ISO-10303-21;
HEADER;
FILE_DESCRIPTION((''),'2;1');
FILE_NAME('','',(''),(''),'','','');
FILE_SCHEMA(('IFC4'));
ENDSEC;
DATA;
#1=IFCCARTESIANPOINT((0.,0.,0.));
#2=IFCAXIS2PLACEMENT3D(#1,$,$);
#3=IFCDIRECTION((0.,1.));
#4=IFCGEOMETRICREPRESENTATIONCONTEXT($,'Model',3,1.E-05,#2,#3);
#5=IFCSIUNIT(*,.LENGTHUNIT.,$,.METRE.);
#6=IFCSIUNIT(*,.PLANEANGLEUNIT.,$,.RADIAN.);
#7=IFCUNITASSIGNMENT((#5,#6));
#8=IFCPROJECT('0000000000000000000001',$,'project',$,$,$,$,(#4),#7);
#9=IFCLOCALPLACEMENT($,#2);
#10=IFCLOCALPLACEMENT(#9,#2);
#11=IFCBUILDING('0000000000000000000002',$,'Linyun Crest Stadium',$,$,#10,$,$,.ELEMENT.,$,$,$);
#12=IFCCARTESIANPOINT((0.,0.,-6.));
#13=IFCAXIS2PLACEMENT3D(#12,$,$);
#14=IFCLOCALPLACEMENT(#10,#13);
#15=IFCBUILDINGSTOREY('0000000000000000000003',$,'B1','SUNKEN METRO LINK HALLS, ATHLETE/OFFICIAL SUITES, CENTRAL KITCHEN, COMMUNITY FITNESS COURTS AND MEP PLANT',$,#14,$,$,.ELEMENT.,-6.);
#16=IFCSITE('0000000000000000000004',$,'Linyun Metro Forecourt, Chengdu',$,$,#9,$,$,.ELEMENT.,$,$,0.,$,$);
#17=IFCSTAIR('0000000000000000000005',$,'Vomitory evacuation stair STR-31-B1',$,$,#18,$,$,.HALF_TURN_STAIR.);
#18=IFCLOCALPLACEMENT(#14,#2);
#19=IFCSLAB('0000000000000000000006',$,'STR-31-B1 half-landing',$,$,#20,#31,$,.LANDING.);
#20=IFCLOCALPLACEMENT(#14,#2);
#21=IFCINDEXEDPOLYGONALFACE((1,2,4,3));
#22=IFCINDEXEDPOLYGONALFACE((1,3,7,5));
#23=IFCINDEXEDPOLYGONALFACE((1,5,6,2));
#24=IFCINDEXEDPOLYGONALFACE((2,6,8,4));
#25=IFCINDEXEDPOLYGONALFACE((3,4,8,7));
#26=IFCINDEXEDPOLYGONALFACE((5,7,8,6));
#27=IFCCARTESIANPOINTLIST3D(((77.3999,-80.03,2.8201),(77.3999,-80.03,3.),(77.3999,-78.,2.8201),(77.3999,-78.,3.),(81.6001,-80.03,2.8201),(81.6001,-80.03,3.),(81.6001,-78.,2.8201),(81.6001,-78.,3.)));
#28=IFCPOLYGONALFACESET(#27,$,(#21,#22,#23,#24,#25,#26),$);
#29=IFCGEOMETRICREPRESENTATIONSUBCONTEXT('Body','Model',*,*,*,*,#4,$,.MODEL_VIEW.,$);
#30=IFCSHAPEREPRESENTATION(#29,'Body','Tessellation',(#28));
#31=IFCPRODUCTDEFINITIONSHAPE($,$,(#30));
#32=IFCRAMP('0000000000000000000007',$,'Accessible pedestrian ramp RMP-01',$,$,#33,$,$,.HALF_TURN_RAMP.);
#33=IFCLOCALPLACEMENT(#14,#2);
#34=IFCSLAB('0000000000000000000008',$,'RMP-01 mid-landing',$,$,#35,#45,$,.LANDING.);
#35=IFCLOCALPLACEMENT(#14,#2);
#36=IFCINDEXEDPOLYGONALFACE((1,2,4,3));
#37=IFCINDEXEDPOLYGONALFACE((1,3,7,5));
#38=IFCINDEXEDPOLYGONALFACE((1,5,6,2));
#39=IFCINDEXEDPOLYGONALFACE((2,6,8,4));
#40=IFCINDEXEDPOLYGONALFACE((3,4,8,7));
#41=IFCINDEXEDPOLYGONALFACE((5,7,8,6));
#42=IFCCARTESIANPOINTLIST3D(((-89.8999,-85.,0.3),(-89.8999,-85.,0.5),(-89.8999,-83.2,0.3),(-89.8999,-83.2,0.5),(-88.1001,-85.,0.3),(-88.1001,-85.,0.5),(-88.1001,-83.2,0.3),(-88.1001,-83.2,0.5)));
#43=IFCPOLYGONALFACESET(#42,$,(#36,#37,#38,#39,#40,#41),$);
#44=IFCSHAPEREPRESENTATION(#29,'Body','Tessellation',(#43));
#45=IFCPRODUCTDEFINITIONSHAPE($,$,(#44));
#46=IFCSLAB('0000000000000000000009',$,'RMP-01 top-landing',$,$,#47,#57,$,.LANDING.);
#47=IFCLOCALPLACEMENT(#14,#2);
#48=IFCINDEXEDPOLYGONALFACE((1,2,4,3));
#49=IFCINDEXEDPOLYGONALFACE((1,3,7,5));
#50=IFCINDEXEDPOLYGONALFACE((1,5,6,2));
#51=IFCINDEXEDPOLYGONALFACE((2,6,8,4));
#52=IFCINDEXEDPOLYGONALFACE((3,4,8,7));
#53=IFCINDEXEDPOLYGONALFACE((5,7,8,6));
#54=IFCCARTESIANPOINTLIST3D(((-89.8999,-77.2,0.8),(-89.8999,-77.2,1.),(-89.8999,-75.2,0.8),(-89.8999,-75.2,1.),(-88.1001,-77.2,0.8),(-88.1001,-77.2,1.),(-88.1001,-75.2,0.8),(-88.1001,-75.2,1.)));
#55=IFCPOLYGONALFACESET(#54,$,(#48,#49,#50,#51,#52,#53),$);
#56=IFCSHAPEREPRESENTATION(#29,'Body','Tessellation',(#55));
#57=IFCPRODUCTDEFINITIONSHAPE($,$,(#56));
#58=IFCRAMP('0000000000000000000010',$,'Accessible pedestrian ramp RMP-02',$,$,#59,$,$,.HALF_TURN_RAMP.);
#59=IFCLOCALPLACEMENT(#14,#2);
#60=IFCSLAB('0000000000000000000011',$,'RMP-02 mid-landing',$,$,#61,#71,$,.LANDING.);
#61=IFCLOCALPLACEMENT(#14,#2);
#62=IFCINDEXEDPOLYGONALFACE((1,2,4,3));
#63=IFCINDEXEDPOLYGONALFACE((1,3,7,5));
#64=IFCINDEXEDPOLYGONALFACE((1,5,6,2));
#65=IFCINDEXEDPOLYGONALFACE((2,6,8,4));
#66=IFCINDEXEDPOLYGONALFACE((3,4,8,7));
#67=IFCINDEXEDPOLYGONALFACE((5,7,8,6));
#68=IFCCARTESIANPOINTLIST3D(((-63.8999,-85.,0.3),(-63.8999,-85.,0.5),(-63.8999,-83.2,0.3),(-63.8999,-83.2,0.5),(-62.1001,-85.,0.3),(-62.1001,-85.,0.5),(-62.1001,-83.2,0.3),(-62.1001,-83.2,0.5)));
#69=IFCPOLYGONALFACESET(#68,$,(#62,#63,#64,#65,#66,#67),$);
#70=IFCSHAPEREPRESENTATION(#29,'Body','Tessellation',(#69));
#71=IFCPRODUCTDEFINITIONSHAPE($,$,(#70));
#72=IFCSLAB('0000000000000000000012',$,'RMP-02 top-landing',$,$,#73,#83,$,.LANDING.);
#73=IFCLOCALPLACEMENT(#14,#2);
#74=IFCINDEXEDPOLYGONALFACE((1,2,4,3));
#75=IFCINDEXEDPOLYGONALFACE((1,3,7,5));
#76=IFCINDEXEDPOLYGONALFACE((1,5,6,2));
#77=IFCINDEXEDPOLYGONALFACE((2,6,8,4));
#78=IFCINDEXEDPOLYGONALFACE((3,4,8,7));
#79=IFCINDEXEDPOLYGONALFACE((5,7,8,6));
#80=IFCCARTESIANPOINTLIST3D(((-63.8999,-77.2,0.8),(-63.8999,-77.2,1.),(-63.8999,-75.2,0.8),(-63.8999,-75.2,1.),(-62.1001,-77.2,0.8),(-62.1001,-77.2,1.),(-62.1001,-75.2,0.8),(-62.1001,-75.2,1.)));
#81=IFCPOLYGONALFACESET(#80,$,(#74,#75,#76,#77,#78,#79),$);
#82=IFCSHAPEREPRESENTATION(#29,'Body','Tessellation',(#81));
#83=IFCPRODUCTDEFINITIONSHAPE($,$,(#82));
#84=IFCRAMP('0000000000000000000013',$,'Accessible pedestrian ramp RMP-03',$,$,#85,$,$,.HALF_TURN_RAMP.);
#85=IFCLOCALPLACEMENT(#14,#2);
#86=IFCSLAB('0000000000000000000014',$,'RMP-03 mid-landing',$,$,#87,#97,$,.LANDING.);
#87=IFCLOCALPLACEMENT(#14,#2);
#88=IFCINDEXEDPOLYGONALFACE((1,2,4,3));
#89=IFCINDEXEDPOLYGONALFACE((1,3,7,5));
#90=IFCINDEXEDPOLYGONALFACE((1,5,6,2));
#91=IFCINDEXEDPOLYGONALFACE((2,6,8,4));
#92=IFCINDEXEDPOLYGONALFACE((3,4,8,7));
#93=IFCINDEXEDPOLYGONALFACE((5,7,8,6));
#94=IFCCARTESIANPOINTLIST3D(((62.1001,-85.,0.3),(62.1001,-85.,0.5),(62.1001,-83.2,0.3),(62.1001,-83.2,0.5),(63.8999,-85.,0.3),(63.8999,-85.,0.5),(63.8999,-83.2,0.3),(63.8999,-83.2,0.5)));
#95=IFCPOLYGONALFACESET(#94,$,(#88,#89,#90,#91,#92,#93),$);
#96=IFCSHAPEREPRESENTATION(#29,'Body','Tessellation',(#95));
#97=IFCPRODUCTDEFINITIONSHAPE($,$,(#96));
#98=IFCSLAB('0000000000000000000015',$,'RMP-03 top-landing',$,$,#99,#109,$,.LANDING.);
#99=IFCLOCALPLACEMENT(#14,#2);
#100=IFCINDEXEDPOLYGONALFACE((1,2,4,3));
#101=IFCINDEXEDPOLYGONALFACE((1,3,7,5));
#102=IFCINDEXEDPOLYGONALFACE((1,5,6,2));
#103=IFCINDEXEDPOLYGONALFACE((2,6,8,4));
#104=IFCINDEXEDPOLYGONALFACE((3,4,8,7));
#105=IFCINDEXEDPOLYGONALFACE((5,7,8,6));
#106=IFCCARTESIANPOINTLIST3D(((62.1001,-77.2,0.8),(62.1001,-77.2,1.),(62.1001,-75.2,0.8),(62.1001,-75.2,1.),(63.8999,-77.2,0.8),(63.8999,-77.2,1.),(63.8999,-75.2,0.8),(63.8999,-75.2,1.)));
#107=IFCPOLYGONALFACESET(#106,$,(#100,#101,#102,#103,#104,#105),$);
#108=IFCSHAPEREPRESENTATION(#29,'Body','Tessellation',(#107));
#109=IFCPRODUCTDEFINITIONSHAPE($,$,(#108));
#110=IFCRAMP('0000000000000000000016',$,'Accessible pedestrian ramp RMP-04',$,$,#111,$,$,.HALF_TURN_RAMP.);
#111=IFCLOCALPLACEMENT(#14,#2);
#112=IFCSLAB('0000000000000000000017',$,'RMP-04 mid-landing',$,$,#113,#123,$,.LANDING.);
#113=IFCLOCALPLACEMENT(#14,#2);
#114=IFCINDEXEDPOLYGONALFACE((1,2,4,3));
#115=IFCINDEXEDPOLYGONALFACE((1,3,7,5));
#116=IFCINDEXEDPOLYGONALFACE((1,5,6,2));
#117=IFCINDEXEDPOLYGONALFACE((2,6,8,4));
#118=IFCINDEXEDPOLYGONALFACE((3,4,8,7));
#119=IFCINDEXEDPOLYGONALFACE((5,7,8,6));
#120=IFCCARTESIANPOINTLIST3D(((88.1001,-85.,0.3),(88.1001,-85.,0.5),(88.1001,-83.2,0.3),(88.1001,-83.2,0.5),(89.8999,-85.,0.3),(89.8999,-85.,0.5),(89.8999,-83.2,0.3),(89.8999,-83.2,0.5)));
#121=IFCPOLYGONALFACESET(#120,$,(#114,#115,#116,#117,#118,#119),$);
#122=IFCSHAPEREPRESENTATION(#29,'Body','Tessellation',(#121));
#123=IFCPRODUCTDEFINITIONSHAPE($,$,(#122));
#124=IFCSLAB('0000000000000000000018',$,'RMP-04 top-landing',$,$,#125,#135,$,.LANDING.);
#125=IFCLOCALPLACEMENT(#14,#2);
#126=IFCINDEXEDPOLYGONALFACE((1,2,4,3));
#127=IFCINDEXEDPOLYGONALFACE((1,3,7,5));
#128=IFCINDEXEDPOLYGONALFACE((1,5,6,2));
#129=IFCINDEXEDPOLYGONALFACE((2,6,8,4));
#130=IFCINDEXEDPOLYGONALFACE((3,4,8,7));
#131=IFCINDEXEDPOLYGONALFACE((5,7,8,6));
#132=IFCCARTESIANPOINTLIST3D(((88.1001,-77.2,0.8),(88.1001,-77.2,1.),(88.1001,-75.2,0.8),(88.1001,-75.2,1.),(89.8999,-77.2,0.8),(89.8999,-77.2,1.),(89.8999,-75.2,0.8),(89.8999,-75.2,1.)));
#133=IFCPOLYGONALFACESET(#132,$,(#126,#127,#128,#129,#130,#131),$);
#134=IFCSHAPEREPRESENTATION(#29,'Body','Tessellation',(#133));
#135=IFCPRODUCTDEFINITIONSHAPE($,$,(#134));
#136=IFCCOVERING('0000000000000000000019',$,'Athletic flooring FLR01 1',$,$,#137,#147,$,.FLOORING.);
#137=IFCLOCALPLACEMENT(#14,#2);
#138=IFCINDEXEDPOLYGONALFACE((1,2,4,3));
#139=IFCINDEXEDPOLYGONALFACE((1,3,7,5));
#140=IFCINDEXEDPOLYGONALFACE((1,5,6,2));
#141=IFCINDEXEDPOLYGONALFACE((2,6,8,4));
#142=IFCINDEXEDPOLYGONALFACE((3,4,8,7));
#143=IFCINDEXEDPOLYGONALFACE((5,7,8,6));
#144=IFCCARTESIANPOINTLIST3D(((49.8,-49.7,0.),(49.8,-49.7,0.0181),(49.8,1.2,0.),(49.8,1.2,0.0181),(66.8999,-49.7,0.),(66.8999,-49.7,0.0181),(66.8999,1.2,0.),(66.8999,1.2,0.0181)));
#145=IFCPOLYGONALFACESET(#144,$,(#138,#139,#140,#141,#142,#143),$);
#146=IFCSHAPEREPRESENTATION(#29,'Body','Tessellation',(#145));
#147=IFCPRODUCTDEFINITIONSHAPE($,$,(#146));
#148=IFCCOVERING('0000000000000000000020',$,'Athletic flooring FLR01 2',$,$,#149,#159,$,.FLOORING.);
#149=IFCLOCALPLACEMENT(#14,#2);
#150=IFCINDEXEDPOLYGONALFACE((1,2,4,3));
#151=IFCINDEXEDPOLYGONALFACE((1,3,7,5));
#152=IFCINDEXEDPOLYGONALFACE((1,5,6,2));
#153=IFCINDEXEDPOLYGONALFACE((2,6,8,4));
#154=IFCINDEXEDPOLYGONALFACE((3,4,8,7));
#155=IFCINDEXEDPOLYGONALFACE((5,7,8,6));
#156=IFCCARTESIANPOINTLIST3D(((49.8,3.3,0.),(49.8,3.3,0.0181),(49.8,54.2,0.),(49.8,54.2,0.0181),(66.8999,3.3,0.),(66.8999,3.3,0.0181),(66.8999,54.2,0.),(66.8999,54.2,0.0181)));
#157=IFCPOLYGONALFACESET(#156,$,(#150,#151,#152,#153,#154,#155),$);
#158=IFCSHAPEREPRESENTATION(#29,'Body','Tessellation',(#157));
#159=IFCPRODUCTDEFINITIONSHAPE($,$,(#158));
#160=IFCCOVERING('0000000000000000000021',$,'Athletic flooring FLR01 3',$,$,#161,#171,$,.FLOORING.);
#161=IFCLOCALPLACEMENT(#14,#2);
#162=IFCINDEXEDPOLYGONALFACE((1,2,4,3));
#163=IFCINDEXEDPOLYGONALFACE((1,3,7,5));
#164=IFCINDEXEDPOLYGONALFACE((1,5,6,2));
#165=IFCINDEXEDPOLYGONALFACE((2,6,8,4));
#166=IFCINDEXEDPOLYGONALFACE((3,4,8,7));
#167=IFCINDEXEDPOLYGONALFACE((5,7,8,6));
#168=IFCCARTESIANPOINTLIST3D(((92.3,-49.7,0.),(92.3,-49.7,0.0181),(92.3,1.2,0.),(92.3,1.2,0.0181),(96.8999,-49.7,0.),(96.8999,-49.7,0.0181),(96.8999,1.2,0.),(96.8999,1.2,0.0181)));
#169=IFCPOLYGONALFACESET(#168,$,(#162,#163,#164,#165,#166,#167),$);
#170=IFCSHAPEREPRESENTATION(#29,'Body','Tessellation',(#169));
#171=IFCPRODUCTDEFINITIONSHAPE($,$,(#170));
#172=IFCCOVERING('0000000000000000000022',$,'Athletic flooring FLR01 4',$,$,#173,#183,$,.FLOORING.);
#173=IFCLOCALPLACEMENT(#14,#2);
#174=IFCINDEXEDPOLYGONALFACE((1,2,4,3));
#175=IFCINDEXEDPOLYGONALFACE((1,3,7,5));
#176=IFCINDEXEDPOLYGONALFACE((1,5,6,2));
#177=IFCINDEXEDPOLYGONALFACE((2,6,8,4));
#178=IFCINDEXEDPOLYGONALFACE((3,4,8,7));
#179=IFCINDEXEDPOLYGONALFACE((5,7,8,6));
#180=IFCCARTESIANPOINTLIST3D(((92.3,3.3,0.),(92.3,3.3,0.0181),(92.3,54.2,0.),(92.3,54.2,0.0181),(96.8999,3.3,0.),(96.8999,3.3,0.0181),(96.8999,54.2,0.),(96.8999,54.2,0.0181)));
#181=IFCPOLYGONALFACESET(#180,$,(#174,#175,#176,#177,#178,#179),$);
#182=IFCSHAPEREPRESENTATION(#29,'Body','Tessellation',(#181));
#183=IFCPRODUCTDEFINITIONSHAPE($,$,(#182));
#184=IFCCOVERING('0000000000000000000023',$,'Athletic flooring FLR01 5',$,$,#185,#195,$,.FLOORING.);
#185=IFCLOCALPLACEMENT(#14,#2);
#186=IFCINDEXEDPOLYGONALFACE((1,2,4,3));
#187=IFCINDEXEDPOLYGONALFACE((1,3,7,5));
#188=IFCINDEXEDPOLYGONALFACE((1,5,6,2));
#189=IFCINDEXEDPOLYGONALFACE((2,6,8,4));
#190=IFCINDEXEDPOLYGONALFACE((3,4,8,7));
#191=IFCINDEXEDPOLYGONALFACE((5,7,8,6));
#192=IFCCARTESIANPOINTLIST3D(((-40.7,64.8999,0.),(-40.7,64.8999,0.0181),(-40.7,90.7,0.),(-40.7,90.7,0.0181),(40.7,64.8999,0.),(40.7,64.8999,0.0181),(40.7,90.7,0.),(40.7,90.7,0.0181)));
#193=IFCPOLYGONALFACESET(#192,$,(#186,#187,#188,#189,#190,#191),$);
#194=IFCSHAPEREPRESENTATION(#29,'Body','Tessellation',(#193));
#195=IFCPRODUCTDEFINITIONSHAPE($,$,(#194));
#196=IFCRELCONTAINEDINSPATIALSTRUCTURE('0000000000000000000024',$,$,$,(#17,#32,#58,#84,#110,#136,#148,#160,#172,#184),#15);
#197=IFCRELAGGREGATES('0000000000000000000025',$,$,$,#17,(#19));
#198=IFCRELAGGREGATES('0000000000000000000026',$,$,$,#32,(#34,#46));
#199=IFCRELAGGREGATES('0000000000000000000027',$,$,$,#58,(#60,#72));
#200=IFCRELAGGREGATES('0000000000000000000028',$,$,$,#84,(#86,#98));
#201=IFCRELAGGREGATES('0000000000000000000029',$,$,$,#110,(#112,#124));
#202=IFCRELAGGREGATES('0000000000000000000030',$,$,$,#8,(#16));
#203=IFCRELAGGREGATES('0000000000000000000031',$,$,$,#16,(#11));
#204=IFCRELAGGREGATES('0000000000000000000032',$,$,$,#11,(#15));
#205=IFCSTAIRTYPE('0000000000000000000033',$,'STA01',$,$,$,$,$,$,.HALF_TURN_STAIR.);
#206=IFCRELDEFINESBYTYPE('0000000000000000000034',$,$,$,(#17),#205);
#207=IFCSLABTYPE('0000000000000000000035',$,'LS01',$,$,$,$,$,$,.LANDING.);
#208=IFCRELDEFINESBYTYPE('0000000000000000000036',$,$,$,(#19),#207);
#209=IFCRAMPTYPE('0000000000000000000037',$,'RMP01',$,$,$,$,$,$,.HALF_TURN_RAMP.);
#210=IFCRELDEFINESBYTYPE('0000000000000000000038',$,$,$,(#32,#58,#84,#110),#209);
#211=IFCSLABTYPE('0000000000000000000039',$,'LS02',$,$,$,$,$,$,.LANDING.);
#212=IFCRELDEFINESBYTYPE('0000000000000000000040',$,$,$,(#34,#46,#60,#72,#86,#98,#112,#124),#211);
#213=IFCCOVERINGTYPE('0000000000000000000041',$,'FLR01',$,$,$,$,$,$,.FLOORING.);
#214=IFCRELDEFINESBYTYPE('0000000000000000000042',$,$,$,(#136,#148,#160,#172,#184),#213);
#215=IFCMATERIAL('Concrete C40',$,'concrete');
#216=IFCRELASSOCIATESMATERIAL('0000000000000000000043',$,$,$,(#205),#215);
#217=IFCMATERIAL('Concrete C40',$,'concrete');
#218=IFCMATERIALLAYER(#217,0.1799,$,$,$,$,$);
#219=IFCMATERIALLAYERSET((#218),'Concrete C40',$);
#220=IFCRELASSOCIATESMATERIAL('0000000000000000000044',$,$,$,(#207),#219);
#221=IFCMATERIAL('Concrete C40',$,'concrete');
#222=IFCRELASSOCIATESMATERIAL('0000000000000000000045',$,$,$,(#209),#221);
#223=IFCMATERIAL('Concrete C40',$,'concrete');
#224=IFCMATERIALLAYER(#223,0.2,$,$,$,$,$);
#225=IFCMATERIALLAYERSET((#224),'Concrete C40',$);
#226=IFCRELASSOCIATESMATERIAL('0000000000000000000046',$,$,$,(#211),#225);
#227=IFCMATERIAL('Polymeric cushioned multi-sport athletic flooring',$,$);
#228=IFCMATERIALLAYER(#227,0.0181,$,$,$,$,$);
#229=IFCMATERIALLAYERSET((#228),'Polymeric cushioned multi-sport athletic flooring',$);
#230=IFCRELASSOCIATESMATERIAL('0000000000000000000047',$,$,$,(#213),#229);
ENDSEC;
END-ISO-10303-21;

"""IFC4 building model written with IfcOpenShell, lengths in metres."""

from ifc_helpers import new_model, si_unit, direction, frame, origin, place, context, subcontext, project, spatial, polyline, outline, extrude, material, layer, layer_set, type_object, element, aggregate, save


model = new_model("IFC4")

# Units and contexts
model_context = context("Model", 3, precision=1e-05, world=origin(), true_north=direction((0.0, 1.0)))
body_context = subcontext(model_context, "Body", "Model", "MODEL_VIEW")
ifc_project = project(units=[si_unit("LENGTHUNIT", "METRE"), si_unit("PLANEANGLEUNIT", "RADIAN")], contexts=[model_context])

# Site, building, storey
site_placement = place(None, origin())
site = spatial("IfcSite", under=ifc_project, at=site_placement, Name="Linyun Metro Forecourt, Chengdu", CompositionType="ELEMENT", RefElevation=0.0)
building_placement = place(site_placement, origin())
building = spatial("IfcBuilding", under=site, at=building_placement, Name="Linyun Crest Stadium", CompositionType="ELEMENT")
storey_placement = place(building_placement, frame((0.0, 0.0, -6.0)))
storey = spatial("IfcBuildingStorey", under=building, at=storey_placement, Name="B1", Description="SUNKEN METRO LINK HALLS, ATHLETE/OFFICIAL SUITES, CENTRAL KITCHEN, COMMUNITY FITNESS COURTS AND MEP PLANT", CompositionType="ELEMENT", Elevation=-6.0)

# Stair, slab
ifc_material_1 = material(Name="Concrete C40", Category="concrete")
stair_type = type_object("IfcStairType", Name="STA01", PredefinedType="HALF_TURN_STAIR", material=ifc_material_1)
ifc_material_2 = material(Name="Concrete C40", Category="concrete")
ifc_layer_1 = layer(ifc_material_2, 0.1799)
ifc_layer_set_1 = layer_set([ifc_layer_1], Name="Concrete C40")
slab_type_1 = type_object("IfcSlabType", Name="LS01", PredefinedType="LANDING", material=ifc_layer_set_1)
stair_1_placement = place(storey_placement, origin())
stair_1 = element("IfcStair", 1, at=stair_1_placement, inside=storey, type_object=stair_type, Name="Vomitory evacuation stair STR-31-B1", PredefinedType="HALF_TURN_STAIR")
slab_1_placement = place(storey_placement, frame((0.0, 0.0, 2.8201)))
slab_1 = element("IfcSlab", 2, at=slab_1_placement, type_object=slab_type_1, Name="STR-31-B1 half-landing", PredefinedType="LANDING", context=body_context, shape_type="SweptSolid", body=[
    extrude(outline(polyline([(77.3999, -80.03), (81.6001, -80.03), (81.6001, -78.0), (77.3999, -78.0), (77.3999, -80.03)])), origin(), (0.0, 0.0, 1.0), 0.1799),
])
aggregate(stair_1, [slab_1])

# Ramps, slabs
ifc_material_3 = material(Name="Concrete C40", Category="concrete")
ramp_type = type_object("IfcRampType", Name="RMP01", PredefinedType="HALF_TURN_RAMP", material=ifc_material_3)
ramp_1_placement = place(storey_placement, origin())
ramp_1 = element("IfcRamp", 3, at=ramp_1_placement, inside=storey, type_object=ramp_type, Name="Accessible pedestrian ramp RMP-01", PredefinedType="HALF_TURN_RAMP")
ifc_material_4 = material(Name="Concrete C40", Category="concrete")
ifc_layer_2 = layer(ifc_material_4, 0.2)
ifc_layer_set_2 = layer_set([ifc_layer_2], Name="Concrete C40")
slab_type_2 = type_object("IfcSlabType", Name="LS02", PredefinedType="LANDING", material=ifc_layer_set_2)
slab_2_placement = place(storey_placement, frame((0.0, 0.0, 0.3)))
slab_2 = element("IfcSlab", 4, at=slab_2_placement, type_object=slab_type_2, Name="RMP-01 mid-landing", PredefinedType="LANDING", context=body_context, shape_type="SweptSolid", body=[
    extrude(outline(polyline([(-89.8999, -85.0), (-88.1001, -85.0), (-88.1001, -83.2), (-89.8999, -83.2), (-89.8999, -85.0)])), origin(), (0.0, 0.0, 1.0), 0.2),
])
slab_3_placement = place(storey_placement, frame((0.0, 0.0, 0.8)))
slab_3 = element("IfcSlab", 5, at=slab_3_placement, type_object=slab_type_2, Name="RMP-01 top-landing", PredefinedType="LANDING", context=body_context, shape_type="SweptSolid", body=[
    extrude(outline(polyline([(-89.8999, -77.2), (-88.1001, -77.2), (-88.1001, -75.2), (-89.8999, -75.2), (-89.8999, -77.2)])), origin(), (0.0, 0.0, 1.0), 0.2),
])
aggregate(ramp_1, [slab_2, slab_3])
ramp_2_placement = place(storey_placement, origin())
ramp_2 = element("IfcRamp", 6, at=ramp_2_placement, inside=storey, type_object=ramp_type, Name="Accessible pedestrian ramp RMP-02", PredefinedType="HALF_TURN_RAMP")
slab_4_placement = place(storey_placement, frame((0.0, 0.0, 0.3)))
slab_4 = element("IfcSlab", 7, at=slab_4_placement, type_object=slab_type_2, Name="RMP-02 mid-landing", PredefinedType="LANDING", context=body_context, shape_type="SweptSolid", body=[
    extrude(outline(polyline([(-63.8999, -85.0), (-62.1001, -85.0), (-62.1001, -83.2), (-63.8999, -83.2), (-63.8999, -85.0)])), origin(), (0.0, 0.0, 1.0), 0.2),
])
slab_5_placement = place(storey_placement, frame((0.0, 0.0, 0.8)))
slab_5 = element("IfcSlab", 8, at=slab_5_placement, type_object=slab_type_2, Name="RMP-02 top-landing", PredefinedType="LANDING", context=body_context, shape_type="SweptSolid", body=[
    extrude(outline(polyline([(-63.8999, -77.2), (-62.1001, -77.2), (-62.1001, -75.2), (-63.8999, -75.2), (-63.8999, -77.2)])), origin(), (0.0, 0.0, 1.0), 0.2),
])
aggregate(ramp_2, [slab_4, slab_5])
ramp_3_placement = place(storey_placement, origin())
ramp_3 = element("IfcRamp", 9, at=ramp_3_placement, inside=storey, type_object=ramp_type, Name="Accessible pedestrian ramp RMP-03", PredefinedType="HALF_TURN_RAMP")
slab_6_placement = place(storey_placement, frame((0.0, 0.0, 0.3)))
slab_6 = element("IfcSlab", 10, at=slab_6_placement, type_object=slab_type_2, Name="RMP-03 mid-landing", PredefinedType="LANDING", context=body_context, shape_type="SweptSolid", body=[
    extrude(outline(polyline([(62.1001, -85.0), (63.8999, -85.0), (63.8999, -83.2), (62.1001, -83.2), (62.1001, -85.0)])), origin(), (0.0, 0.0, 1.0), 0.2),
])
slab_7_placement = place(storey_placement, frame((0.0, 0.0, 0.8)))
slab_7 = element("IfcSlab", 11, at=slab_7_placement, type_object=slab_type_2, Name="RMP-03 top-landing", PredefinedType="LANDING", context=body_context, shape_type="SweptSolid", body=[
    extrude(outline(polyline([(62.1001, -77.2), (63.8999, -77.2), (63.8999, -75.2), (62.1001, -75.2), (62.1001, -77.2)])), origin(), (0.0, 0.0, 1.0), 0.2),
])
aggregate(ramp_3, [slab_6, slab_7])
ramp_4_placement = place(storey_placement, origin())
ramp_4 = element("IfcRamp", 12, at=ramp_4_placement, inside=storey, type_object=ramp_type, Name="Accessible pedestrian ramp RMP-04", PredefinedType="HALF_TURN_RAMP")
slab_8_placement = place(storey_placement, frame((0.0, 0.0, 0.3)))
slab_8 = element("IfcSlab", 13, at=slab_8_placement, type_object=slab_type_2, Name="RMP-04 mid-landing", PredefinedType="LANDING", context=body_context, shape_type="SweptSolid", body=[
    extrude(outline(polyline([(88.1001, -85.0), (89.8999, -85.0), (89.8999, -83.2), (88.1001, -83.2), (88.1001, -85.0)])), origin(), (0.0, 0.0, 1.0), 0.2),
])
slab_9_placement = place(storey_placement, frame((0.0, 0.0, 0.8)))
slab_9 = element("IfcSlab", 14, at=slab_9_placement, type_object=slab_type_2, Name="RMP-04 top-landing", PredefinedType="LANDING", context=body_context, shape_type="SweptSolid", body=[
    extrude(outline(polyline([(88.1001, -77.2), (89.8999, -77.2), (89.8999, -75.2), (88.1001, -75.2), (88.1001, -77.2)])), origin(), (0.0, 0.0, 1.0), 0.2),
])
aggregate(ramp_4, [slab_8, slab_9])

# Coverings
ifc_material_5 = material(Name="Polymeric cushioned multi-sport athletic flooring")
ifc_layer_3 = layer(ifc_material_5, 0.0181)
ifc_layer_set_3 = layer_set([ifc_layer_3], Name="Polymeric cushioned multi-sport athletic flooring")
covering_type = type_object("IfcCoveringType", Name="FLR01", PredefinedType="FLOORING", material=ifc_layer_set_3)
covering_1_placement = place(storey_placement, origin())
element("IfcCovering", 15, at=covering_1_placement, inside=storey, type_object=covering_type, Name="Athletic flooring FLR01 1", PredefinedType="FLOORING", context=body_context, shape_type="SweptSolid", body=[
    extrude(outline(polyline([(49.8, -49.7), (66.8999, -49.7), (66.8999, 1.2), (49.8, 1.2), (49.8, -49.7)])), origin(), (0.0, 0.0, 1.0), 0.0181),
])
covering_2_placement = place(storey_placement, origin())
element("IfcCovering", 16, at=covering_2_placement, inside=storey, type_object=covering_type, Name="Athletic flooring FLR01 2", PredefinedType="FLOORING", context=body_context, shape_type="SweptSolid", body=[
    extrude(outline(polyline([(49.8, 3.3), (66.8999, 3.3), (66.8999, 54.2), (49.8, 54.2), (49.8, 3.3)])), origin(), (0.0, 0.0, 1.0), 0.0181),
])
covering_3_placement = place(storey_placement, origin())
element("IfcCovering", 17, at=covering_3_placement, inside=storey, type_object=covering_type, Name="Athletic flooring FLR01 3", PredefinedType="FLOORING", context=body_context, shape_type="SweptSolid", body=[
    extrude(outline(polyline([(92.3, -49.7), (96.8999, -49.7), (96.8999, 1.2), (92.3, 1.2), (92.3, -49.7)])), origin(), (0.0, 0.0, 1.0), 0.0181),
])
covering_4_placement = place(storey_placement, origin())
element("IfcCovering", 18, at=covering_4_placement, inside=storey, type_object=covering_type, Name="Athletic flooring FLR01 4", PredefinedType="FLOORING", context=body_context, shape_type="SweptSolid", body=[
    extrude(outline(polyline([(92.3, 3.3), (96.8999, 3.3), (96.8999, 54.2), (92.3, 54.2), (92.3, 3.3)])), origin(), (0.0, 0.0, 1.0), 0.0181),
])
covering_5_placement = place(storey_placement, origin())
element("IfcCovering", 19, at=covering_5_placement, inside=storey, type_object=covering_type, Name="Athletic flooring FLR01 5", PredefinedType="FLOORING", context=body_context, shape_type="SweptSolid", body=[
    extrude(outline(polyline([(-40.7, 64.8999), (40.7, 64.8999), (40.7, 90.7), (-40.7, 90.7), (-40.7, 64.8999)])), origin(), (0.0, 0.0, 1.0), 0.0181),
])

save(model, "model.ifc")
